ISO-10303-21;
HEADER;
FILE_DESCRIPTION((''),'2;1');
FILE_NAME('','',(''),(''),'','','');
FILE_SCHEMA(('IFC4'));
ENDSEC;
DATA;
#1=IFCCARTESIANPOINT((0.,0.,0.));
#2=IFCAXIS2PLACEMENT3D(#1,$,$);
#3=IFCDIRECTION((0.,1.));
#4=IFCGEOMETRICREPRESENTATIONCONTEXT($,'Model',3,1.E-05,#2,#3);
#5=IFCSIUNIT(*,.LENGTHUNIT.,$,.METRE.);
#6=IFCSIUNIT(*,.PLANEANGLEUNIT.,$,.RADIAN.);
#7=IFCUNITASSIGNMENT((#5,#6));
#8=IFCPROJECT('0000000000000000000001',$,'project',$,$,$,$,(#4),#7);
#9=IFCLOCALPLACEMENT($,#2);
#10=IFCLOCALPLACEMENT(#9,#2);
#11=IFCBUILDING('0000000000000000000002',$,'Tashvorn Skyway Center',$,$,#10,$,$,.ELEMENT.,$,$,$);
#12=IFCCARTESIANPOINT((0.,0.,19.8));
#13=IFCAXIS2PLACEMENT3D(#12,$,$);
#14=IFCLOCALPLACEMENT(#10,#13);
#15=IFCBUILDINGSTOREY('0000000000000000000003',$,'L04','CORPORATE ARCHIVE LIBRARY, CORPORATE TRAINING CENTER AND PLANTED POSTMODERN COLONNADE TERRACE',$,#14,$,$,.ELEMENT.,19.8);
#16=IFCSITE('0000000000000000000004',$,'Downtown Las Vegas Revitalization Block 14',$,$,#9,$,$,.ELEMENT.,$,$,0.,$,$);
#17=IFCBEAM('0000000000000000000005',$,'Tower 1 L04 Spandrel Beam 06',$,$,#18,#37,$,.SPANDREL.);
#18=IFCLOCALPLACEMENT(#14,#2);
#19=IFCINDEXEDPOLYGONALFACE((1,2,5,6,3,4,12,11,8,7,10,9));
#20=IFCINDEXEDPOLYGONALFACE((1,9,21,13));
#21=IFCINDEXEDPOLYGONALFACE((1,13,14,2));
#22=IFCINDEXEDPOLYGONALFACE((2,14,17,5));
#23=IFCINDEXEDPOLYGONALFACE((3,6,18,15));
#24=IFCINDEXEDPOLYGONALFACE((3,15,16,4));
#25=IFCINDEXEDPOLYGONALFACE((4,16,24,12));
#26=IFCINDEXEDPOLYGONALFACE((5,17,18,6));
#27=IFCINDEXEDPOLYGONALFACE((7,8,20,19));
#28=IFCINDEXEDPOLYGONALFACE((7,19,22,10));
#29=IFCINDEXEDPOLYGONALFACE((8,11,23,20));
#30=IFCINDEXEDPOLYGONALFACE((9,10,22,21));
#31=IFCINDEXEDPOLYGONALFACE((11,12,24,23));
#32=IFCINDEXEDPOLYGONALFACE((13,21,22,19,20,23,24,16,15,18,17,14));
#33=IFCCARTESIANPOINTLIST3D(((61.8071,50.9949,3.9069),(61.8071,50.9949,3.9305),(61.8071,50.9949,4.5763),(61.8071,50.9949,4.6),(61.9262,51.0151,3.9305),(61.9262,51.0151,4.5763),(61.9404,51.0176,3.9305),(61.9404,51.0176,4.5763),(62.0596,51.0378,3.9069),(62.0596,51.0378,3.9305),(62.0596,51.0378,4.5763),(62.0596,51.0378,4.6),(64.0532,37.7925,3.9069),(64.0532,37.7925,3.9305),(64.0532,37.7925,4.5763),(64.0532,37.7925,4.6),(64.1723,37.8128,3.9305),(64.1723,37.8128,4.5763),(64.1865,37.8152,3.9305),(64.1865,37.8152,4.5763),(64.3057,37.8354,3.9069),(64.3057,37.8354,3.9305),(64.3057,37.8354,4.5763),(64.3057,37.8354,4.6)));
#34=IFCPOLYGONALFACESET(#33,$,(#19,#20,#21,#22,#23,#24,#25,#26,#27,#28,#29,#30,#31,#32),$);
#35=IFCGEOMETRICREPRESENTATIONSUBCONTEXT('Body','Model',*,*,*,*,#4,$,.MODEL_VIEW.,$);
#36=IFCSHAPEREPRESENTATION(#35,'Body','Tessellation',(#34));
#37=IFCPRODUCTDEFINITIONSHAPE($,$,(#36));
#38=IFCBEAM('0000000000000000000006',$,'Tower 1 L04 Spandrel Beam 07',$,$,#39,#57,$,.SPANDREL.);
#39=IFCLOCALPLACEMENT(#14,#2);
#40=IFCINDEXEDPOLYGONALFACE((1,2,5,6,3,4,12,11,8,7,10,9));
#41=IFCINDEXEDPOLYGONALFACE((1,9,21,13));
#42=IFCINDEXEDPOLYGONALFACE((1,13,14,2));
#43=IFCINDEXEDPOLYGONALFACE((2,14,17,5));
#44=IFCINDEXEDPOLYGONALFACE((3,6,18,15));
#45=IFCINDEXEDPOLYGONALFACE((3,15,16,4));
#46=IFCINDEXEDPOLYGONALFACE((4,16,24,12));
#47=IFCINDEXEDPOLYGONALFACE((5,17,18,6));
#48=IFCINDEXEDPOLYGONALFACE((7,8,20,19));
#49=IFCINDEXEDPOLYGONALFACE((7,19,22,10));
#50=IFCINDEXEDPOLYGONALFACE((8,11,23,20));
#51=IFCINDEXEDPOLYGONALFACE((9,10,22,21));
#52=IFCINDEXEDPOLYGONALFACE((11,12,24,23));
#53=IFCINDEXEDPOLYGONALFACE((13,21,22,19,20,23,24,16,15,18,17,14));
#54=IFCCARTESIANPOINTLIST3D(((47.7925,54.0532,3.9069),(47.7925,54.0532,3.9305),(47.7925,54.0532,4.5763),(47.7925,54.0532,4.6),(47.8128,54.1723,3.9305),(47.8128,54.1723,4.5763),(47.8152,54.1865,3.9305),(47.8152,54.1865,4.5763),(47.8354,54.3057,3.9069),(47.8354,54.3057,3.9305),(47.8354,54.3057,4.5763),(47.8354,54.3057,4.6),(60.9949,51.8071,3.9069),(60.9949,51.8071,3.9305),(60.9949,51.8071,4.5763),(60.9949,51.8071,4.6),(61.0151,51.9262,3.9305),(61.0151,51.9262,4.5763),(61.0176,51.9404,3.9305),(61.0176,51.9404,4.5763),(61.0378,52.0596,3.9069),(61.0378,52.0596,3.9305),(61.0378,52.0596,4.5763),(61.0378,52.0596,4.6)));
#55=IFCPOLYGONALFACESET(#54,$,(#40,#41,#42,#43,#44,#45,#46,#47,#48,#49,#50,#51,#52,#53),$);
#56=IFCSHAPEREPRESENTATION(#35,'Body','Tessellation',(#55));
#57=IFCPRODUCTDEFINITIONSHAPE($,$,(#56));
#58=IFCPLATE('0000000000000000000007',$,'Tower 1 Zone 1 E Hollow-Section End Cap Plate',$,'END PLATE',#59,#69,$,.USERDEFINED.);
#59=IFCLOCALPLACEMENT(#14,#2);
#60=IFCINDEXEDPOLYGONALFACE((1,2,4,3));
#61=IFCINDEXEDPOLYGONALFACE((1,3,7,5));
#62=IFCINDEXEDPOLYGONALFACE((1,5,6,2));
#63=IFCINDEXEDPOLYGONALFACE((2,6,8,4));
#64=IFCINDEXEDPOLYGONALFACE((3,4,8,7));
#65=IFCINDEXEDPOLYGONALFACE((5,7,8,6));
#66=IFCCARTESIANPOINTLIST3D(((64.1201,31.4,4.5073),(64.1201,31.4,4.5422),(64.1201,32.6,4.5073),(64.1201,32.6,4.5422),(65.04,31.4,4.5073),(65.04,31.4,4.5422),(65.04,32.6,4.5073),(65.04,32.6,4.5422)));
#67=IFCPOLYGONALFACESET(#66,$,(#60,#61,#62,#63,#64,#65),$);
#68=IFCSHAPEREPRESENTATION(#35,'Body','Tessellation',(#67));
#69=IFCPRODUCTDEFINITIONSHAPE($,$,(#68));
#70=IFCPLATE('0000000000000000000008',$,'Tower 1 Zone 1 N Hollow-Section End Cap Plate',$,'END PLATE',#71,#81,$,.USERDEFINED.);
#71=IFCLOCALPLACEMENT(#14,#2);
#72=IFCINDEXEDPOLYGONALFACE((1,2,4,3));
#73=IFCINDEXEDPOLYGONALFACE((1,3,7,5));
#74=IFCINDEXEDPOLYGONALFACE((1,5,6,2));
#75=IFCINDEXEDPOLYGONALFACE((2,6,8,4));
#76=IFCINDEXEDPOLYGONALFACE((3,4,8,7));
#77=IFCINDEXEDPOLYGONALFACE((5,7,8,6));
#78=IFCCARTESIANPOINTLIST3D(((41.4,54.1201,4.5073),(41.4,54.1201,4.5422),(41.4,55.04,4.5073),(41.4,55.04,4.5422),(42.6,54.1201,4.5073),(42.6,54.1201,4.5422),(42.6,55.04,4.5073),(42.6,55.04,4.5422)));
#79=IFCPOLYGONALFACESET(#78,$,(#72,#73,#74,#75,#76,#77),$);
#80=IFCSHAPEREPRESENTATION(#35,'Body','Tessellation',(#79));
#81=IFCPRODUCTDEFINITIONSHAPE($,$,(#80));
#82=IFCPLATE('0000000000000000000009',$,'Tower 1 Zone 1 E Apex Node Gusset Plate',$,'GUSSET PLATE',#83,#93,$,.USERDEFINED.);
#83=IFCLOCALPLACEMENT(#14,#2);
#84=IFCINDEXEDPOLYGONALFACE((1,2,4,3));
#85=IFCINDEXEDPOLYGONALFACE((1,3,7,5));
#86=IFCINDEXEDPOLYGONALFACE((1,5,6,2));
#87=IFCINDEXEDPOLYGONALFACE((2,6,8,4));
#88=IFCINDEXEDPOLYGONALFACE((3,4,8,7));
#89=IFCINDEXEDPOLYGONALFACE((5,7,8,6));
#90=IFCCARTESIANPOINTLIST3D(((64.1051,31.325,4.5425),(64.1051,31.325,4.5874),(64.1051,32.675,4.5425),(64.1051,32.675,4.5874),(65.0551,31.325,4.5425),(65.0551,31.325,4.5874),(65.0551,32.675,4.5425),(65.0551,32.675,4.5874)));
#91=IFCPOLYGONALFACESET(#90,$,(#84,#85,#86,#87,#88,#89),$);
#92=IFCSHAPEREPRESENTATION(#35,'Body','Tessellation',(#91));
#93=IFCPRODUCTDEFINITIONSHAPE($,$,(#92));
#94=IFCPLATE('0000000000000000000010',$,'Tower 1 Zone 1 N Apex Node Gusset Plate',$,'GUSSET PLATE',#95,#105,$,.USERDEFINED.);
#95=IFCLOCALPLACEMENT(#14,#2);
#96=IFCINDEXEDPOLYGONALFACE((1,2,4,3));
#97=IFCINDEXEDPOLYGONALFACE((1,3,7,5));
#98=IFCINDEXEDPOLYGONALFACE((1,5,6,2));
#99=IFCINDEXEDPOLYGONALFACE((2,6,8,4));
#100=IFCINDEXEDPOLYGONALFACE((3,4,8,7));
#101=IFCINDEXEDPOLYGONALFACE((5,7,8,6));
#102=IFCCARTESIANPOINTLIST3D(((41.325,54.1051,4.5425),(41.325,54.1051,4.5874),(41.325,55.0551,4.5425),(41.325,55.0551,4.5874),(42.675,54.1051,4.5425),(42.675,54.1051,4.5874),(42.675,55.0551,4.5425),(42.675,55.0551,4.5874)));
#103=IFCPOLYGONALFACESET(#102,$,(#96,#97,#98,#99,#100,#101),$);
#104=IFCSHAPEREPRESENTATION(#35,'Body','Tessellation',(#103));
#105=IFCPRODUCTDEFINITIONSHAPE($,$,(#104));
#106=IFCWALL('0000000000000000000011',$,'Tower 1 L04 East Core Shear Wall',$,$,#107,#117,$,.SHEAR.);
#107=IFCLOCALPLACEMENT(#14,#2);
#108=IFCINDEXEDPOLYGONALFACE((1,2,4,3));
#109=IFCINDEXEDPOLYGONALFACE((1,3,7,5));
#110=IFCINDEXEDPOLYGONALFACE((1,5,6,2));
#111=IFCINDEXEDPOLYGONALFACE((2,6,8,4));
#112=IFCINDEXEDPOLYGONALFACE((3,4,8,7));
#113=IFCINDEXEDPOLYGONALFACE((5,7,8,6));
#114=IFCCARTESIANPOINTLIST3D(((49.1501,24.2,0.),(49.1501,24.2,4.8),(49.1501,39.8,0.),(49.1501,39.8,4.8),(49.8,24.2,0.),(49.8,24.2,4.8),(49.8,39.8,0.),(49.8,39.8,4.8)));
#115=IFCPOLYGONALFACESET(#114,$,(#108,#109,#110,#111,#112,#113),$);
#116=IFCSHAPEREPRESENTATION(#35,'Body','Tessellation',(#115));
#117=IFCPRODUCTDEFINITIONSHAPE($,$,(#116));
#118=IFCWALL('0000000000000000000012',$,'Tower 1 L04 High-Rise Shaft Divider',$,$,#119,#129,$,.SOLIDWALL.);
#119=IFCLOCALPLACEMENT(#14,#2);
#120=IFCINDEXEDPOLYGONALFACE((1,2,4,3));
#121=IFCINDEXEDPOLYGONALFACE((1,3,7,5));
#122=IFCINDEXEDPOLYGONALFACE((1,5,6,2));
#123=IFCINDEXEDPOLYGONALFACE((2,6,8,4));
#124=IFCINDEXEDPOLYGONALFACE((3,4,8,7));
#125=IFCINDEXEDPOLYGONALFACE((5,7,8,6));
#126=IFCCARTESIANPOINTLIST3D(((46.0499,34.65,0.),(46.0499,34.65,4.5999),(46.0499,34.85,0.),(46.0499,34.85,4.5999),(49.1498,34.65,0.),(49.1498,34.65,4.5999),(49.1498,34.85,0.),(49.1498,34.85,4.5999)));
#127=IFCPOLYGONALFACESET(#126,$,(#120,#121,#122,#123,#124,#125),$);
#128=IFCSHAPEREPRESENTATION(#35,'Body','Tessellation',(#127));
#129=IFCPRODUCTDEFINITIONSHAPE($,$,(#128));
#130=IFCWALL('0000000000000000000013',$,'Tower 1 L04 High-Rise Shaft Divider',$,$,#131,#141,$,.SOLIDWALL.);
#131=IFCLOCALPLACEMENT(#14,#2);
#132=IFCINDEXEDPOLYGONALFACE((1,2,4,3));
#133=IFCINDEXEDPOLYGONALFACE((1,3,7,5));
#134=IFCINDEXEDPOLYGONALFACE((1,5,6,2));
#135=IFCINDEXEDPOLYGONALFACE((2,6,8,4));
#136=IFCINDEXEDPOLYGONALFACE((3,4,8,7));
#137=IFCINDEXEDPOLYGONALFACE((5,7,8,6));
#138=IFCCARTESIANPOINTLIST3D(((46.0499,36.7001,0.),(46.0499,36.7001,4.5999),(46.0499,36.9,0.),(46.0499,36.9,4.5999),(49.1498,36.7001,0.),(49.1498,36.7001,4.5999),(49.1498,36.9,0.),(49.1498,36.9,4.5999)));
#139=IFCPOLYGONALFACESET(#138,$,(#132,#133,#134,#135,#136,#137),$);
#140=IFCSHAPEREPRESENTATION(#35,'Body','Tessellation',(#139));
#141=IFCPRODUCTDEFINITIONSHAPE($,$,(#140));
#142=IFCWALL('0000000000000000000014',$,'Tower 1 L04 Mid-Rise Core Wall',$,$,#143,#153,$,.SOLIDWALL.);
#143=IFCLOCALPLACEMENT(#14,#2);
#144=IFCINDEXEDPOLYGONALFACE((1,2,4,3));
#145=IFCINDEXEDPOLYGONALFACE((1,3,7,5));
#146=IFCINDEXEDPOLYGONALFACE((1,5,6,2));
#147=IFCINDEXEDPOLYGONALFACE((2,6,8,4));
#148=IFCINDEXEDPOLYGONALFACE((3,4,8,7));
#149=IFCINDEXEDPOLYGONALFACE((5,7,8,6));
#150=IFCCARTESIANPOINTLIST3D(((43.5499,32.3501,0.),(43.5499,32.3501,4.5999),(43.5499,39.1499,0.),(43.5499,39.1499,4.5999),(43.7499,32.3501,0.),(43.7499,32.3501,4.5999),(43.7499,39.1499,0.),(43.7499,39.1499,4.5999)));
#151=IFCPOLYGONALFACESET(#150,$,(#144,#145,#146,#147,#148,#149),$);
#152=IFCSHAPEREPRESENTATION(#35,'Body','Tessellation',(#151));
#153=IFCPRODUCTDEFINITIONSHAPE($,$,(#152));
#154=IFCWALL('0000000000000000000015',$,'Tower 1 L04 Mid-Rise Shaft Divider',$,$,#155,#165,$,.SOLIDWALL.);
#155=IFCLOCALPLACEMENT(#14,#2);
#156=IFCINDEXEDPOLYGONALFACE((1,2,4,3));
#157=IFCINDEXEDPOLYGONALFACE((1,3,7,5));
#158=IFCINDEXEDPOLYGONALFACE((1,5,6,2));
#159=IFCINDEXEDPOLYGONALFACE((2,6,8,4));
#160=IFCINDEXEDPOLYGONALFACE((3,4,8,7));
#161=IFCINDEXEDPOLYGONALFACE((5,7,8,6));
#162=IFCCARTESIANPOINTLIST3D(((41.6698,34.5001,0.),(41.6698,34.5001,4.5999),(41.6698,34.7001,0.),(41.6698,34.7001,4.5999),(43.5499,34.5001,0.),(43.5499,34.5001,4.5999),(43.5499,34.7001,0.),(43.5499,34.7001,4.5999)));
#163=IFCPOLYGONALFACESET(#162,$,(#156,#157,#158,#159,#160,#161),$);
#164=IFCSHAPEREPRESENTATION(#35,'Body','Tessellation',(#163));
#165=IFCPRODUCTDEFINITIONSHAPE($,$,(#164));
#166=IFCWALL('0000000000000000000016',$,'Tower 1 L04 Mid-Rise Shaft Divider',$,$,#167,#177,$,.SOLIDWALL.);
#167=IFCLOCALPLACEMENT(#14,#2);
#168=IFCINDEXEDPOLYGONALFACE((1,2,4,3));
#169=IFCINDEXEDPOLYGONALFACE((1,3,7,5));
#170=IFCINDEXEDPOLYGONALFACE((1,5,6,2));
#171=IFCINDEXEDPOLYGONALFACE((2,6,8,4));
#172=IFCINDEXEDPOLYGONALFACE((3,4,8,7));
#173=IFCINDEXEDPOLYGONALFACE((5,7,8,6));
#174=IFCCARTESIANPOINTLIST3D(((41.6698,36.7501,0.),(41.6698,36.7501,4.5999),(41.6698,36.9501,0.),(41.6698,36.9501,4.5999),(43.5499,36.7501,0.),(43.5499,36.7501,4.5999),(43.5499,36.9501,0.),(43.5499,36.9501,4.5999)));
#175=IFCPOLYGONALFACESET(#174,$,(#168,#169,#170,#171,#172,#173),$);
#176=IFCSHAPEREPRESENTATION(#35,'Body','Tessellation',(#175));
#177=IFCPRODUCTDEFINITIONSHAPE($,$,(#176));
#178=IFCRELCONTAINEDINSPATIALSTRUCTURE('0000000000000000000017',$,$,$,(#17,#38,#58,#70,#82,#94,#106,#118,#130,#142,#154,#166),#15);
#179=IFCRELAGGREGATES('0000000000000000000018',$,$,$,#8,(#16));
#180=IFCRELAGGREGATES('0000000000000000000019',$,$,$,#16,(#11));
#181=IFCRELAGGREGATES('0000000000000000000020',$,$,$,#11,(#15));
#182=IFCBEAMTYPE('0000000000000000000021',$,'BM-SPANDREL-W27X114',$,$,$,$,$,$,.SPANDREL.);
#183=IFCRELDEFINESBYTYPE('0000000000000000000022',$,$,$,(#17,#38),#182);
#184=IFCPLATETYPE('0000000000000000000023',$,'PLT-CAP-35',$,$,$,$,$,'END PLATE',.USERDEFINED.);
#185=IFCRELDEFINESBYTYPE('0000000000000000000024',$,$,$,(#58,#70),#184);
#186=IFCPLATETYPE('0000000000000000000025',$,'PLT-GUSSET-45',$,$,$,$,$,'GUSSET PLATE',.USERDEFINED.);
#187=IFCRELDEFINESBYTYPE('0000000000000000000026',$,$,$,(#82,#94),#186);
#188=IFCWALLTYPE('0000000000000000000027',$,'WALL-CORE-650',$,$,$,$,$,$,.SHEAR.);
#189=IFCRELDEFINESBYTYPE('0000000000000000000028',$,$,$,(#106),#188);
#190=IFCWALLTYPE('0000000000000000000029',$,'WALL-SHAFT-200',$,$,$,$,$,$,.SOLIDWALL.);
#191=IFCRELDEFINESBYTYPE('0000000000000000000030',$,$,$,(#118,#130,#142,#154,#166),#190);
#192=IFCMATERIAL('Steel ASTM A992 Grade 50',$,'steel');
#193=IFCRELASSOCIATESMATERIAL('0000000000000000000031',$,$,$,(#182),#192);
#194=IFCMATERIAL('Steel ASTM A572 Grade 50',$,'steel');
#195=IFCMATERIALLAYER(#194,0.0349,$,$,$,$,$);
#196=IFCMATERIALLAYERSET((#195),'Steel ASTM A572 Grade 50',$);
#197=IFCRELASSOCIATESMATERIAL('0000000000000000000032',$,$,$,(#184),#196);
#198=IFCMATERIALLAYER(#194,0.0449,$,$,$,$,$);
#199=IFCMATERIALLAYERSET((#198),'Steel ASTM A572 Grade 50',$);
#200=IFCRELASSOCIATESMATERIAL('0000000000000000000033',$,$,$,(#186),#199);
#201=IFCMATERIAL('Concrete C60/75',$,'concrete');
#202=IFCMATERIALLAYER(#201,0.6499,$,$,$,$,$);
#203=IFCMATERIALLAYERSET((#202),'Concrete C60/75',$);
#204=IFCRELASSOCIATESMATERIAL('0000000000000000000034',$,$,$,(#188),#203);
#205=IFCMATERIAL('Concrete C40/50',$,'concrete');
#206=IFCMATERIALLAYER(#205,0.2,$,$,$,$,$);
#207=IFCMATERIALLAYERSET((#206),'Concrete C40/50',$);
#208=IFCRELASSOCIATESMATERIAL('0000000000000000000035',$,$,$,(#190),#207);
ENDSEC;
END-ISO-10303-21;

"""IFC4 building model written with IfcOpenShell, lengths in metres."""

from ifc_helpers import new_model, si_unit, direction, frame, frame_2d, origin, origin_2d, place, context, subcontext, project, spatial, rectangle, i_section, extrude, material, layer, layer_set, material_profile, profile_set, type_object, element, save


model = new_model("IFC4")

# Units and contexts
model_context = context("Model", 3, precision=1e-05, world=origin(), true_north=direction((0.0, 1.0)))
body_context = subcontext(model_context, "Body", "Model", "MODEL_VIEW")
ifc_project = project(units=[si_unit("LENGTHUNIT", "METRE"), si_unit("PLANEANGLEUNIT", "RADIAN")], contexts=[model_context])

# Site, building, storey
site_placement = place(None, origin())
site = spatial("IfcSite", under=ifc_project, at=site_placement, Name="Downtown Las Vegas Revitalization Block 14", CompositionType="ELEMENT", RefElevation=0.0)
building_placement = place(site_placement, origin())
building = spatial("IfcBuilding", under=site, at=building_placement, Name="Tashvorn Skyway Center", CompositionType="ELEMENT")
storey_placement = place(building_placement, frame((0.0, 0.0, 19.8)))
storey = spatial("IfcBuildingStorey", under=building, at=storey_placement, Name="L04", Description="CORPORATE ARCHIVE LIBRARY, CORPORATE TRAINING CENTER AND PLANTED POSTMODERN COLONNADE TERRACE", CompositionType="ELEMENT", Elevation=19.8)

# Shared definitions
ifc_material_1 = material(Name="Steel ASTM A572 Grade 50", Category="steel")

# Beams
ifc_material_2 = material(Name="Steel ASTM A992 Grade 50", Category="steel")
ifc_material_profile_1 = material_profile(ifc_material_2, i_section(OverallWidth=0.2561, OverallDepth=0.6931, WebThickness=0.0144, FlangeThickness=0.0237, at=origin_2d()), Name="W27X114")
ifc_profile_set_1 = profile_set([ifc_material_profile_1], Name="Steel ASTM A992 Grade 50")
beam_type_1 = type_object("IfcBeamType", Name="BM-SPANDREL-W27X114", PredefinedType="SPANDREL", material=ifc_profile_set_1)
for number, where, z_axis, x_axis, name in (
    (1, (64.1794, 37.814, 4.2534), (-0.167718, 0.985835, 0.0), (-0.985835, -0.167718, 0.0), "Tower 1 L04 Spandrel Beam 06"),
    (2, (61.0164, 51.9333, 4.2534), (-0.985835, 0.167718, 0.0), (-0.167718, -0.985835, 0.0), "Tower 1 L04 Spandrel Beam 07"),
):
    element("IfcBeam", number, at=place(storey_placement, frame(where, z_axis=z_axis, x_axis=x_axis)), inside=storey, type_object=beam_type_1, Name=name, PredefinedType="SPANDREL", context=body_context, shape_type="SweptSolid", body=[
        extrude(i_section(OverallWidth=0.2561, OverallDepth=0.6931, WebThickness=0.0144, FlangeThickness=0.0237, at=origin_2d()), origin(), (0.0, 0.0, 1.0), 13.3921),
    ])

# Plates
ifc_layer_1 = layer(ifc_material_1, 0.0349)
ifc_layer_set_1 = layer_set([ifc_layer_1], Name="Steel ASTM A572 Grade 50")
plate_type_1 = type_object("IfcPlateType", Name="PLT-CAP-35", ElementType="END PLATE", PredefinedType="USERDEFINED", material=ifc_layer_set_1)
for number, where, z_axis, x_axis, name in (
    (3, (64.5801, 32.0, 4.5073), (0.0, 0.0, 1.0), (0.0, 1.0, 0.0), "Tower 1 Zone 1 E Hollow-Section End Cap Plate"),
    (4, (42.0, 54.5801, 4.5073), (0.0, 0.0, 1.0), (-1.0, 0.0, 0.0), "Tower 1 Zone 1 N Hollow-Section End Cap Plate"),
):
    element("IfcPlate", number, at=place(storey_placement, frame(where, z_axis=z_axis, x_axis=x_axis)), inside=storey, type_object=plate_type_1, Name=name, ObjectType="END PLATE", PredefinedType="USERDEFINED", context=body_context, shape_type="SweptSolid", body=[
        extrude(rectangle(XDim=1.2, YDim=0.9199, at=origin_2d()), origin(), (0.0, 0.0, 1.0), 0.0349),
    ])
ifc_layer_2 = layer(ifc_material_1, 0.0449)
ifc_layer_set_2 = layer_set([ifc_layer_2], Name="Steel ASTM A572 Grade 50")
plate_type_2 = type_object("IfcPlateType", Name="PLT-GUSSET-45", ElementType="GUSSET PLATE", PredefinedType="USERDEFINED", material=ifc_layer_set_2)
for number, where, z_axis, x_axis, name in (
    (5, (64.5801, 32.0, 4.5425), (0.0, 0.0, 1.0), (0.0, 1.0, 0.0), "Tower 1 Zone 1 E Apex Node Gusset Plate"),
    (6, (42.0, 54.5801, 4.5425), (0.0, 0.0, 1.0), (-1.0, 0.0, 0.0), "Tower 1 Zone 1 N Apex Node Gusset Plate"),
):
    element("IfcPlate", number, at=place(storey_placement, frame(where, z_axis=z_axis, x_axis=x_axis)), inside=storey, type_object=plate_type_2, Name=name, ObjectType="GUSSET PLATE", PredefinedType="USERDEFINED", context=body_context, shape_type="SweptSolid", body=[
        extrude(rectangle(XDim=1.3501, YDim=0.95, at=origin_2d()), origin(), (0.0, 0.0, 1.0), 0.0449),
    ])

# Walls
ifc_material_3 = material(Name="Concrete C60/75", Category="concrete")
ifc_layer_3 = layer(ifc_material_3, 0.6499)
ifc_layer_set_3 = layer_set([ifc_layer_3], Name="Concrete C60/75")
wall_type_1 = type_object("IfcWallType", Name="WALL-CORE-650", PredefinedType="SHEAR", material=ifc_layer_set_3)
wall_1_placement = place(storey_placement, frame((49.4751, 39.8, 0.0), z_axis=(0.0, 0.0, 1.0), x_axis=(0.0, -1.0, 0.0)))
element("IfcWall", 7, at=wall_1_placement, inside=storey, type_object=wall_type_1, Name="Tower 1 L04 East Core Shear Wall", PredefinedType="SHEAR", context=body_context, shape_type="SweptSolid", body=[
    extrude(rectangle(XDim=15.6001, YDim=0.6499, at=frame_2d((7.8, 0.0))), origin(), (0.0, 0.0, 1.0), 4.8),
])
ifc_material_4 = material(Name="Concrete C40/50", Category="concrete")
ifc_layer_4 = layer(ifc_material_4, 0.2)
ifc_layer_set_4 = layer_set([ifc_layer_4], Name="Concrete C40/50")
wall_type_2 = type_object("IfcWallType", Name="WALL-SHAFT-200", PredefinedType="SOLIDWALL", material=ifc_layer_set_4)
for number, where, z_axis, x_axis, name in (
    (8, (46.05, 34.75, 0.0), (0.0, 0.0, 1.0), (1.0, 0.0, 0.0), "Tower 1 L04 High-Rise Shaft Divider"),
    (9, (46.05, 36.8, 0.0), (0.0, 0.0, 1.0), (1.0, 0.0, 0.0), "Tower 1 L04 High-Rise Shaft Divider"),
):
    element("IfcWall", number, at=place(storey_placement, frame(where, z_axis=z_axis, x_axis=x_axis)), inside=storey, type_object=wall_type_2, Name=name, PredefinedType="SOLIDWALL", context=body_context, shape_type="SweptSolid", body=[
        extrude(rectangle(XDim=3.0999, YDim=0.2, at=frame_2d((1.5498, 0.0))), origin(), (0.0, 0.0, 1.0), 4.5999),
    ])
wall_2_placement = place(storey_placement, frame((43.6499, 32.3501, 0.0), z_axis=(0.0, 0.0, 1.0), x_axis=(0.0, 1.0, 0.0)))
element("IfcWall", 10, at=wall_2_placement, inside=storey, type_object=wall_type_2, Name="Tower 1 L04 Mid-Rise Core Wall", PredefinedType="SOLIDWALL", context=body_context, shape_type="SweptSolid", body=[
    extrude(rectangle(XDim=6.7998, YDim=0.2, at=frame_2d((3.3999, 0.0))), origin(), (0.0, 0.0, 1.0), 4.5999),
])
for number, where, z_axis, x_axis, name in (
    (11, (41.6699, 34.6001, 0.0), (0.0, 0.0, 1.0), (1.0, 0.0, 0.0), "Tower 1 L04 Mid-Rise Shaft Divider"),
    (12, (41.6699, 36.8501, 0.0), (0.0, 0.0, 1.0), (1.0, 0.0, 0.0), "Tower 1 L04 Mid-Rise Shaft Divider"),
):
    element("IfcWall", number, at=place(storey_placement, frame(where, z_axis=z_axis, x_axis=x_axis)), inside=storey, type_object=wall_type_2, Name=name, PredefinedType="SOLIDWALL", context=body_context, shape_type="SweptSolid", body=[
        extrude(rectangle(XDim=1.8801, YDim=0.2, at=frame_2d((0.9399, 0.0))), origin(), (0.0, 0.0, 1.0), 4.5999),
    ])

save(model, "model.ifc")
